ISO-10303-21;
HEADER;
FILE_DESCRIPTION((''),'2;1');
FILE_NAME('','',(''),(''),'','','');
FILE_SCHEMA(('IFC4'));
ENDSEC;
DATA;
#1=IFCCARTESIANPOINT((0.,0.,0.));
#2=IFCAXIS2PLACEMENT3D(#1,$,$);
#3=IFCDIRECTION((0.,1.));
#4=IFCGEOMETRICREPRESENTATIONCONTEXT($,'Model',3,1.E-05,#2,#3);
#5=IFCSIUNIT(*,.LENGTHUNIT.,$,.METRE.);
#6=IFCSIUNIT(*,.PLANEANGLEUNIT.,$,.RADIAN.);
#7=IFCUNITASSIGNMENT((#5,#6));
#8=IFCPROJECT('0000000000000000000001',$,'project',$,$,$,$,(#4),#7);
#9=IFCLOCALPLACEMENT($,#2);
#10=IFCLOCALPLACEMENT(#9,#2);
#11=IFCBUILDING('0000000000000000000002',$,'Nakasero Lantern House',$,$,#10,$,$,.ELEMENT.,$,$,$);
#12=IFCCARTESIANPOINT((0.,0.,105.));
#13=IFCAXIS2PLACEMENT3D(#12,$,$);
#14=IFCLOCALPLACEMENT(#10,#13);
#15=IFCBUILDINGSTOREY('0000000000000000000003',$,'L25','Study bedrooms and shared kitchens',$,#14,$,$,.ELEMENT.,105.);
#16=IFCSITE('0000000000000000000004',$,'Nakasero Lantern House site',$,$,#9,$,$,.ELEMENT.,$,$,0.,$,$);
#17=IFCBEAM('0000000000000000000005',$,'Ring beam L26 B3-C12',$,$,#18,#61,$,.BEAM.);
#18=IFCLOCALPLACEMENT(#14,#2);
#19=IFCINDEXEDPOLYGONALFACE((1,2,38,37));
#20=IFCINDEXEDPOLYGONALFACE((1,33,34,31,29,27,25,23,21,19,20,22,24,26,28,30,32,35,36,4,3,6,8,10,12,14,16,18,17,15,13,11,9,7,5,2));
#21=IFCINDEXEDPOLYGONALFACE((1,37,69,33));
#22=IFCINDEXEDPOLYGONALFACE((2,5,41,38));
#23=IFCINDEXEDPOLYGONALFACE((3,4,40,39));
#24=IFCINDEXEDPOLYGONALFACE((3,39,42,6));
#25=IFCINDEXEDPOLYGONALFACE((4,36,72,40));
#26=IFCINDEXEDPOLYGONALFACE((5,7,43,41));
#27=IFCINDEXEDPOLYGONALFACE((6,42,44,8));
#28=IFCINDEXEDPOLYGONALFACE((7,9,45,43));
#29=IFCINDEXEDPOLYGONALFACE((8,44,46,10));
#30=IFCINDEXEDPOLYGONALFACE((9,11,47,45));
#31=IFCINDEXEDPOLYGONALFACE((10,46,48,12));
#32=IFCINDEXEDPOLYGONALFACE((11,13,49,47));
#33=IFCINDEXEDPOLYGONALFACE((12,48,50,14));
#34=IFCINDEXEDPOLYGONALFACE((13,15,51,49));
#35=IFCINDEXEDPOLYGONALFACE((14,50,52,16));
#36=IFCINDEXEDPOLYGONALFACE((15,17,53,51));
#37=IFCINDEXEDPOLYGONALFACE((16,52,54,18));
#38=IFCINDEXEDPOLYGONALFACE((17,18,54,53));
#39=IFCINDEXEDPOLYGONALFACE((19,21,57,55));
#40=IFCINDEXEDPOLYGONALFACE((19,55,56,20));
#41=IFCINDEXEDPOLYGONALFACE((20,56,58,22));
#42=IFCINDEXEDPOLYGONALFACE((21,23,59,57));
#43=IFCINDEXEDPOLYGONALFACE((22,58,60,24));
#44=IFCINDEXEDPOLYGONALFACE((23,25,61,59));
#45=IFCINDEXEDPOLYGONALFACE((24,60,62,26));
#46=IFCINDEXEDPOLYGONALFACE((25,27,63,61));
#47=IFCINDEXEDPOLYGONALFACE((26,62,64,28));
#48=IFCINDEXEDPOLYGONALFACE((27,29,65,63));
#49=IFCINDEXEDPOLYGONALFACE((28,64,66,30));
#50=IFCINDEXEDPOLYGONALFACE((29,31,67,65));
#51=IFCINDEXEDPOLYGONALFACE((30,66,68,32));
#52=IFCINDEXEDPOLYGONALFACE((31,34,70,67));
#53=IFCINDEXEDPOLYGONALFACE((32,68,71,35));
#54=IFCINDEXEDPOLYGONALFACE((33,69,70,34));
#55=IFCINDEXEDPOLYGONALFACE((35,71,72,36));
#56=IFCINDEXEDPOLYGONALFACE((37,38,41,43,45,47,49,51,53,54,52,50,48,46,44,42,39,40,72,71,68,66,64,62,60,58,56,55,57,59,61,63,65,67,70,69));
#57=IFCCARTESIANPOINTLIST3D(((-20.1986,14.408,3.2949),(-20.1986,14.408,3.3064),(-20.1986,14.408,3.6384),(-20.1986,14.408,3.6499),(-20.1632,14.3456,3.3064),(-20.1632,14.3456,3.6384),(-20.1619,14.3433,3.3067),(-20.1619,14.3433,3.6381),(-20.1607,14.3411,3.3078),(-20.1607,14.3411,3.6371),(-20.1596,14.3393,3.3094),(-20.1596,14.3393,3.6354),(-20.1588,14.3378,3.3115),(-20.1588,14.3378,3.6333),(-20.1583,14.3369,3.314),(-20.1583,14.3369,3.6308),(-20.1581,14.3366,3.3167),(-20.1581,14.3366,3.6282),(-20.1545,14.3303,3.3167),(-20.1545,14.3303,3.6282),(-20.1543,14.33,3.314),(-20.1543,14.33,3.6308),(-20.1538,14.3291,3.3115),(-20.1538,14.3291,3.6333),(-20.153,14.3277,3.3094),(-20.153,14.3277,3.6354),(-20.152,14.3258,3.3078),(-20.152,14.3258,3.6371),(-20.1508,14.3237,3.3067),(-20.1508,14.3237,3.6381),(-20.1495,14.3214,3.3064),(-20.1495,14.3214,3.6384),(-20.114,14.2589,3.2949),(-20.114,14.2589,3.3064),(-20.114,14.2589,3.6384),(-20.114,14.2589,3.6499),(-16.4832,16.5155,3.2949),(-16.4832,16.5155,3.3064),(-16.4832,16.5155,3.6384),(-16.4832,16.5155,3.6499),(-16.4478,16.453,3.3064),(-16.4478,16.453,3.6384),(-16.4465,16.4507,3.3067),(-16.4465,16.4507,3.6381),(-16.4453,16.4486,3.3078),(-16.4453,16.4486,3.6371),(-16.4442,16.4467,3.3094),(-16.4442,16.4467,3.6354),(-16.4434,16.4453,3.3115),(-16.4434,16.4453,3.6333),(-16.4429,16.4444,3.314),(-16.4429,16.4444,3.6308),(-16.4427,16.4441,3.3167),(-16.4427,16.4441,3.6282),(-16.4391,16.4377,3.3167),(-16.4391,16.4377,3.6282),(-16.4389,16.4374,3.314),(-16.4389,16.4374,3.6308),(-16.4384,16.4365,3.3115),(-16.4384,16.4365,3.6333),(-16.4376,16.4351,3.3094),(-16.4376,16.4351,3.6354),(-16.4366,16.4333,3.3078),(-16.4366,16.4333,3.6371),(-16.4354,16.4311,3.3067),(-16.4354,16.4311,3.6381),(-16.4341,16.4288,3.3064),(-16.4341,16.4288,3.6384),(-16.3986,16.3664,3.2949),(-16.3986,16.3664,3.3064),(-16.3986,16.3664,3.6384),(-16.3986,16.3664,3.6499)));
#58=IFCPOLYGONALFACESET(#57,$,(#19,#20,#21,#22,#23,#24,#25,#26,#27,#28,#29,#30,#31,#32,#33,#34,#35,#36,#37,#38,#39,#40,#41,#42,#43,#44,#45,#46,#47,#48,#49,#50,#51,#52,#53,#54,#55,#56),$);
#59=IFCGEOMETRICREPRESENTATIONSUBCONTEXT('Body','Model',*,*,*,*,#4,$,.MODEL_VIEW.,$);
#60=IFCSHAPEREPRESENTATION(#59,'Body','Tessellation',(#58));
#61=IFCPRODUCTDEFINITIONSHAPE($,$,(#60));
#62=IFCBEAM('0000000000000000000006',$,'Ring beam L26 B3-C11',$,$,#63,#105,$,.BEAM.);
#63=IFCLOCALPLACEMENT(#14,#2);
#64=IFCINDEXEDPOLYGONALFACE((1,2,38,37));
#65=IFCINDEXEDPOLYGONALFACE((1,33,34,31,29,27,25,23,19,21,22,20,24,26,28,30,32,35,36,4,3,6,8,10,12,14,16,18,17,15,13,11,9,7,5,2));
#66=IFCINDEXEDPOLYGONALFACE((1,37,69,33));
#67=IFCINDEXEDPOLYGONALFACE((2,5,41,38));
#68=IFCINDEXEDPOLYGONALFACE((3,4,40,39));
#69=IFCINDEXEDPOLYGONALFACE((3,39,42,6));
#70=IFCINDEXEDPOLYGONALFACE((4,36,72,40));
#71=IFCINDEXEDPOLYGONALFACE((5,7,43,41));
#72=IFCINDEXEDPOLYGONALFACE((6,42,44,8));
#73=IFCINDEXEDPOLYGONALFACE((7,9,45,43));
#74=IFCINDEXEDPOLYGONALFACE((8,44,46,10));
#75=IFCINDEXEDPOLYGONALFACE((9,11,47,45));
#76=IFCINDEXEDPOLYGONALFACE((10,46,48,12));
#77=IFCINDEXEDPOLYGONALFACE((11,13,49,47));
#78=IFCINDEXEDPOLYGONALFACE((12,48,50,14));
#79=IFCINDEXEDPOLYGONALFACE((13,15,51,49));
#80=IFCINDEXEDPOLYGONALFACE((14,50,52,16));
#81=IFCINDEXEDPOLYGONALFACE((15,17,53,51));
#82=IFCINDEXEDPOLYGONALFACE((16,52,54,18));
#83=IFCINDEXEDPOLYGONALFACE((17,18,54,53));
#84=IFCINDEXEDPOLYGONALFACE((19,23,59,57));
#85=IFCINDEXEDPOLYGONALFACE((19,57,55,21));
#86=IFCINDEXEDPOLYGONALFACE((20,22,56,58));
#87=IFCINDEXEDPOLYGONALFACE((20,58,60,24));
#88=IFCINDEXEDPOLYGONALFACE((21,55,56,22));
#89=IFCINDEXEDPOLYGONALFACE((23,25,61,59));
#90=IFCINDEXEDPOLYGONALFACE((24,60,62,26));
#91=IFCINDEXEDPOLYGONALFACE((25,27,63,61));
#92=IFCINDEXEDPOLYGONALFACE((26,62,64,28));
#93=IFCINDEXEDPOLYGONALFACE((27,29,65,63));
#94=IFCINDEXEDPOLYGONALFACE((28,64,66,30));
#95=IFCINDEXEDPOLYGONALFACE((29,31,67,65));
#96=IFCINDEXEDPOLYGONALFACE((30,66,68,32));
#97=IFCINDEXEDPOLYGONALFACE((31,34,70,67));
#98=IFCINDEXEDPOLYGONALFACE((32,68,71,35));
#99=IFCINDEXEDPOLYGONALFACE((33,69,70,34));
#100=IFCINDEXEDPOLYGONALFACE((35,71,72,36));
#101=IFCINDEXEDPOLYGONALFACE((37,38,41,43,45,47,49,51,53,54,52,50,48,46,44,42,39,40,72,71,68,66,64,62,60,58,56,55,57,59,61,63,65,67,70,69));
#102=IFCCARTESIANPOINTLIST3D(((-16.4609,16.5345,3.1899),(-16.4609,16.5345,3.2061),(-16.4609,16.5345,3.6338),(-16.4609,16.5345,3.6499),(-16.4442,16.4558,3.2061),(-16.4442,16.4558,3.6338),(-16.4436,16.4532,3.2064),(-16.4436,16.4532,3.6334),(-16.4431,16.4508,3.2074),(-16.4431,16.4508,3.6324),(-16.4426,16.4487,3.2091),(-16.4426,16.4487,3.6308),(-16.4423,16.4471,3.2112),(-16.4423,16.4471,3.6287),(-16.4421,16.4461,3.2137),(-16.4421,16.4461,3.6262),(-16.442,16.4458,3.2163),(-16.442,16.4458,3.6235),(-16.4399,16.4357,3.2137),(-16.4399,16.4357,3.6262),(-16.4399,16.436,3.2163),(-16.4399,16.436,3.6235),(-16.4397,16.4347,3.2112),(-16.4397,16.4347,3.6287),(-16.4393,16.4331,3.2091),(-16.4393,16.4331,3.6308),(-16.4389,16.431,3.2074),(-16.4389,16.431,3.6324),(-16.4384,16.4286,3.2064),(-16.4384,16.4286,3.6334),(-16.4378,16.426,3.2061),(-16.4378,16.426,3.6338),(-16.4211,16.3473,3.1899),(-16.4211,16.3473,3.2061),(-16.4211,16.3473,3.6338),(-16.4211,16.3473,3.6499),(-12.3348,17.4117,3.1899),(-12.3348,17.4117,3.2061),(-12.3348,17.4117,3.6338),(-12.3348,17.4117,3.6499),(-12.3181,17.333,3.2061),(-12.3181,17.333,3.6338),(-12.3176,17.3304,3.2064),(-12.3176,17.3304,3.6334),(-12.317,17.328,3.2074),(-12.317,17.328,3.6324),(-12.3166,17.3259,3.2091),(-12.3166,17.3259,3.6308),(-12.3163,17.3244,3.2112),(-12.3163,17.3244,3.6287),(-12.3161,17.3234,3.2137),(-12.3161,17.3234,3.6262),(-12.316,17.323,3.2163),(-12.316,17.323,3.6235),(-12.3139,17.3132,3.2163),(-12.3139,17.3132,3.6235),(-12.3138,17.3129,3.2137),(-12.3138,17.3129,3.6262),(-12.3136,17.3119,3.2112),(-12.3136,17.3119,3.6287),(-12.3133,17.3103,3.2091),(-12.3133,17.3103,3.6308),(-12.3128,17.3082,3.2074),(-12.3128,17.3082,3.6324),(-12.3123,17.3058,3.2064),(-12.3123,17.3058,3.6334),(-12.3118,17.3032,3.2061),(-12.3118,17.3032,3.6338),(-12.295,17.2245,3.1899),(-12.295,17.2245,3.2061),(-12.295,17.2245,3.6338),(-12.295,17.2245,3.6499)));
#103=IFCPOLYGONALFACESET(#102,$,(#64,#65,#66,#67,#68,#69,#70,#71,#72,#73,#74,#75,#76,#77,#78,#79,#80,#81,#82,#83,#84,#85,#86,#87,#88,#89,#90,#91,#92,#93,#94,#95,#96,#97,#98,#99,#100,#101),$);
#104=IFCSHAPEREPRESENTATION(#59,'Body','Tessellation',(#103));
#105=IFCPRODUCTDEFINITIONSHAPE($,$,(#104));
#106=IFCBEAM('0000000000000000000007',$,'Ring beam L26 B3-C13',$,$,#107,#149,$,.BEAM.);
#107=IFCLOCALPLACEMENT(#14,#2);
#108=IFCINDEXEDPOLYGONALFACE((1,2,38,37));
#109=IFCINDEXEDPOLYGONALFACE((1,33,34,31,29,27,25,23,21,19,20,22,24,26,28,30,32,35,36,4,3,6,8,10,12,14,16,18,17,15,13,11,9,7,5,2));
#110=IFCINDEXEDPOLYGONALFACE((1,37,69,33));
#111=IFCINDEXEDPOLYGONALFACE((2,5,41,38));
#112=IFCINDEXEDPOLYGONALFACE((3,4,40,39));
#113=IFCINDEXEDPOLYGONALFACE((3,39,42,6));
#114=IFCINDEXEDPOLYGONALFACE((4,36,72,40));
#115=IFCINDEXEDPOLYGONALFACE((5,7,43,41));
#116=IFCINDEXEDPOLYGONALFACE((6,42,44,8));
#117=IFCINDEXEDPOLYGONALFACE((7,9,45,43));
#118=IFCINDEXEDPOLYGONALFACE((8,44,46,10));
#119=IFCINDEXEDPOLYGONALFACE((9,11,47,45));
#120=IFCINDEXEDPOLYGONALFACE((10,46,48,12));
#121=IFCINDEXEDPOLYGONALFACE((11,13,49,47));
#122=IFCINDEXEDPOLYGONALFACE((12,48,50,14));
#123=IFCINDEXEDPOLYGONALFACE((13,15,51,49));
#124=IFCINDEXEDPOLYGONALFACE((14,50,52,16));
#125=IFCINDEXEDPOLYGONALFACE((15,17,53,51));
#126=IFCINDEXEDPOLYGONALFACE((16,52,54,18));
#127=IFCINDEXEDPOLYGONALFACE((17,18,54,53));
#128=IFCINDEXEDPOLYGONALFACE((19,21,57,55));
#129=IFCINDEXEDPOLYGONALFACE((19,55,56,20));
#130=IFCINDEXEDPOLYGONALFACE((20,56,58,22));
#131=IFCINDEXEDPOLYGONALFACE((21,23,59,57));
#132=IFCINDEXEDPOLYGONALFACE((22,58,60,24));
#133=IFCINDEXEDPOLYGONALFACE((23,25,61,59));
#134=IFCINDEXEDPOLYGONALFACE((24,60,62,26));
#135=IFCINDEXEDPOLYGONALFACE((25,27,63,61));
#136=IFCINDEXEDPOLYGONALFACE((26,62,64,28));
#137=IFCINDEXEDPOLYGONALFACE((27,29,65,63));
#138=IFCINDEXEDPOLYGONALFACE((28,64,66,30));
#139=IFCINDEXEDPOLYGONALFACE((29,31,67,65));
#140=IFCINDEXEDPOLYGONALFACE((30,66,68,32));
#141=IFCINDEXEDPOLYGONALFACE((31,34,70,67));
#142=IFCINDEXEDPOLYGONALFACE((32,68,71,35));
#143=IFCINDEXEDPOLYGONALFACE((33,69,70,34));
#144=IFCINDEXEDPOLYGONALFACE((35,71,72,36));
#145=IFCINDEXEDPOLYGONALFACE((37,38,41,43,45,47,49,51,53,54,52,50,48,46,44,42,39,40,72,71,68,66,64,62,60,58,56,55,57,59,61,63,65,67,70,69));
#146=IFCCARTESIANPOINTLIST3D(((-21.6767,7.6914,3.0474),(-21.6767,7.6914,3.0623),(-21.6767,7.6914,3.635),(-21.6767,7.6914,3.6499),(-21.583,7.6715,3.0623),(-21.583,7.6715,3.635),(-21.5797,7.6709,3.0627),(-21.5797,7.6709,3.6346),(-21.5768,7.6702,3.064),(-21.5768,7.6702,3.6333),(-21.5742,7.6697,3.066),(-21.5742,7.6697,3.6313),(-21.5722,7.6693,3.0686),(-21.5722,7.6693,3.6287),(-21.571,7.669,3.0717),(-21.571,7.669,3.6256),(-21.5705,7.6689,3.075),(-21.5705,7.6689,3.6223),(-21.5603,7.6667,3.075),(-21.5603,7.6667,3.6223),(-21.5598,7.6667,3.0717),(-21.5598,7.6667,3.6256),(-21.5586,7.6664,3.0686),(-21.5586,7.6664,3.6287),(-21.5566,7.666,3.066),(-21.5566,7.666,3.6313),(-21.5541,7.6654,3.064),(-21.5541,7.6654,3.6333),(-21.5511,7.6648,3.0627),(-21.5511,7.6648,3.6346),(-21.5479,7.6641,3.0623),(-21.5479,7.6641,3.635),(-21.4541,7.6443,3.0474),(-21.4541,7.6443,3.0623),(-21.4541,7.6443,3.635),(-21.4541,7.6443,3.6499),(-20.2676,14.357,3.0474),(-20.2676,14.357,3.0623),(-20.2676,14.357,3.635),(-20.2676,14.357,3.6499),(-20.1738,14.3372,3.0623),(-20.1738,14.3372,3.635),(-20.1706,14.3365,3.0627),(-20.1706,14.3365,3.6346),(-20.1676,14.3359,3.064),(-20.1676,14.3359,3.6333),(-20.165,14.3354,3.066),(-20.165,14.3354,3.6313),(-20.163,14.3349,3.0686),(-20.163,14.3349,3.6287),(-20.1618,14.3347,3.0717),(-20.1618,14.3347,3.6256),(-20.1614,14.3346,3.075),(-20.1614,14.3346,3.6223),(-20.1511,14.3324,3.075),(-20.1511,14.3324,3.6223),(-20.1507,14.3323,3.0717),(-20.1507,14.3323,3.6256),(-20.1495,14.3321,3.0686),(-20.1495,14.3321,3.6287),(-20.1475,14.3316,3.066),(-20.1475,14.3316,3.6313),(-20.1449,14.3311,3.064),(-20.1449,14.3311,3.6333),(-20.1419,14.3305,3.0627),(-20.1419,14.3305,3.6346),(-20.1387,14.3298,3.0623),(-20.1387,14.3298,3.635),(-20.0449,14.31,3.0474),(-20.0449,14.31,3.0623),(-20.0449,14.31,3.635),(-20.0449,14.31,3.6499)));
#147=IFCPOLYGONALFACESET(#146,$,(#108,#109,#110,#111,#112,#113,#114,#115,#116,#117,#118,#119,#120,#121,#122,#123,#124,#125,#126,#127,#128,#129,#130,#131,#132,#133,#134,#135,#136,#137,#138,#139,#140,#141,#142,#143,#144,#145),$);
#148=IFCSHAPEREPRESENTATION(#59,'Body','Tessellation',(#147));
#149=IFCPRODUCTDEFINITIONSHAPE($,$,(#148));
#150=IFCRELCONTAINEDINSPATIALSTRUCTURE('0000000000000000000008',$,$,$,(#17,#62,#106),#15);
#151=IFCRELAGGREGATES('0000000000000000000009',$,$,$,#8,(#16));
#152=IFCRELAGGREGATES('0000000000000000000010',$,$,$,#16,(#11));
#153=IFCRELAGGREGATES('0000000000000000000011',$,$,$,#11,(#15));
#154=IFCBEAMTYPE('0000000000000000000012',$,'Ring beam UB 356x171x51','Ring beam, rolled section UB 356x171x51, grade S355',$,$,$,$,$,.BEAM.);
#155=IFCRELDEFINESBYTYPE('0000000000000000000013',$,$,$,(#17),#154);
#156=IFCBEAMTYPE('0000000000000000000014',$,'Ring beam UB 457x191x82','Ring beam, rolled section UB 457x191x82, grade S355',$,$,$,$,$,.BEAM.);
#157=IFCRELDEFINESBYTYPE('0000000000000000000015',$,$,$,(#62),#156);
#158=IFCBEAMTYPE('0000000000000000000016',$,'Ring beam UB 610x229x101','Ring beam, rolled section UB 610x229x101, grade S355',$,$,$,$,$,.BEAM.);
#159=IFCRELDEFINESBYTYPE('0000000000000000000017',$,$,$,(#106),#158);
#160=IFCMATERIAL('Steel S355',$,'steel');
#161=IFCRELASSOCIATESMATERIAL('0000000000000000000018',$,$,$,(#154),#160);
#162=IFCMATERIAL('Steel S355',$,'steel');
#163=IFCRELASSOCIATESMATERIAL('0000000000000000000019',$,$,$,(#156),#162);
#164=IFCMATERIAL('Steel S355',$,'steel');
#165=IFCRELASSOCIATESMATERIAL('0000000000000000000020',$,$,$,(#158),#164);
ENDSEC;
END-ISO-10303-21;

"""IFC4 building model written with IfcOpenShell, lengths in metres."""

from ifc_helpers import new_model, si_unit, direction, frame, origin, origin_2d, place, context, subcontext, project, spatial, i_section, extrude, material, material_profile, profile_set, type_object, element, save


model = new_model("IFC4")

# Units and contexts
model_context = context("Model", 3, precision=1e-05, world=origin(), true_north=direction((0.0, 1.0)))
body_context = subcontext(model_context, "Body", "Model", "MODEL_VIEW")
ifc_project = project(units=[si_unit("LENGTHUNIT", "METRE"), si_unit("PLANEANGLEUNIT", "RADIAN")], contexts=[model_context])

# Site, building, storey
site_placement = place(None, origin())
site = spatial("IfcSite", under=ifc_project, at=site_placement, Name="Nakasero Lantern House site", CompositionType="ELEMENT", RefElevation=0.0)
building_placement = place(site_placement, origin())
building = spatial("IfcBuilding", under=site, at=building_placement, Name="Nakasero Lantern House", CompositionType="ELEMENT")
storey_placement = place(building_placement, frame((0.0, 0.0, 105.0)))
storey = spatial("IfcBuildingStorey", under=building, at=storey_placement, Name="L25", Description="Study bedrooms and shared kitchens", CompositionType="ELEMENT", Elevation=105.0)

# Beams
ifc_material_1 = material(Name="Steel S355", Category="steel")
ifc_material_profile_1 = material_profile(ifc_material_1, i_section(OverallWidth=0.1714, OverallDepth=0.355, WebThickness=0.0073, FlangeThickness=0.0115, FilletRadius=0.0103, at=origin_2d()), Name="UB 356x171x51")
ifc_profile_set_1 = profile_set([ifc_material_profile_1], Name="Steel S355")
beam_type_1 = type_object("IfcBeamType", Name="Ring beam UB 356x171x51", Description="Ring beam, rolled section UB 356x171x51, grade S355", PredefinedType="BEAM", material=ifc_profile_set_1)
beam_1_placement = place(storey_placement, frame((-16.4409, 16.4409, 3.4724), z_axis=(-0.869815, -0.493379, 0.0), x_axis=(0.493379, -0.869815, 0.0)))
element("IfcBeam", 1, at=beam_1_placement, inside=storey, type_object=beam_type_1, Name="Ring beam L26 B3-C12", PredefinedType="BEAM", context=body_context, shape_type="SweptSolid", body=[
    extrude(i_section(OverallWidth=0.1714, OverallDepth=0.355, WebThickness=0.0073, FlangeThickness=0.0115, FilletRadius=0.0103, at=origin_2d()), origin(), (0.0, 0.0, 1.0), 4.2715),
])
ifc_material_2 = material(Name="Steel S355", Category="steel")
ifc_material_profile_2 = material_profile(ifc_material_2, i_section(OverallWidth=0.1914, OverallDepth=0.46, WebThickness=0.01, FlangeThickness=0.0161, FilletRadius=0.0103, at=origin_2d()), Name="UB 457x191x82")
ifc_profile_set_2 = profile_set([ifc_material_profile_2], Name="Steel S355")
beam_type_2 = type_object("IfcBeamType", Name="Ring beam UB 457x191x82", Description="Ring beam, rolled section UB 457x191x82, grade S355", PredefinedType="BEAM", material=ifc_profile_set_2)
beam_2_placement = place(storey_placement, frame((-12.3149, 17.3181, 3.4199), z_axis=(-0.978138, -0.207956, 0.0), x_axis=(0.207956, -0.978138, 0.0)))
element("IfcBeam", 2, at=beam_2_placement, inside=storey, type_object=beam_type_2, Name="Ring beam L26 B3-C11", PredefinedType="BEAM", context=body_context, shape_type="SweptSolid", body=[
    extrude(i_section(OverallWidth=0.1914, OverallDepth=0.46, WebThickness=0.01, FlangeThickness=0.0161, FilletRadius=0.0103, at=origin_2d()), origin(), (0.0, 0.0, 1.0), 4.2183),
])
ifc_material_3 = material(Name="Steel S355", Category="steel")
ifc_material_profile_3 = material_profile(ifc_material_3, i_section(OverallWidth=0.2275, OverallDepth=0.6025, WebThickness=0.0105, FlangeThickness=0.0149, FilletRadius=0.0127, at=origin_2d()), Name="UB 610x229x101")
ifc_profile_set_3 = profile_set([ifc_material_profile_3], Name="Steel S355")
beam_type_3 = type_object("IfcBeamType", Name="Ring beam UB 610x229x101", Description="Ring beam, rolled section UB 610x229x101, grade S355", PredefinedType="BEAM", material=ifc_profile_set_3)
beam_3_placement = place(storey_placement, frame((-20.1562, 14.3335, 3.3486), z_axis=(-0.206834, -0.978376, 0.0), x_axis=(0.978376, -0.206834, 0.0)))
element("IfcBeam", 3, at=beam_3_placement, inside=storey, type_object=beam_type_3, Name="Ring beam L26 B3-C13", PredefinedType="BEAM", context=body_context, shape_type="SweptSolid", body=[
    extrude(i_section(OverallWidth=0.2275, OverallDepth=0.6025, WebThickness=0.0105, FlangeThickness=0.0149, FilletRadius=0.0127, at=origin_2d()), origin(), (0.0, 0.0, 1.0), 6.813),
])

save(model, "model.ifc")
